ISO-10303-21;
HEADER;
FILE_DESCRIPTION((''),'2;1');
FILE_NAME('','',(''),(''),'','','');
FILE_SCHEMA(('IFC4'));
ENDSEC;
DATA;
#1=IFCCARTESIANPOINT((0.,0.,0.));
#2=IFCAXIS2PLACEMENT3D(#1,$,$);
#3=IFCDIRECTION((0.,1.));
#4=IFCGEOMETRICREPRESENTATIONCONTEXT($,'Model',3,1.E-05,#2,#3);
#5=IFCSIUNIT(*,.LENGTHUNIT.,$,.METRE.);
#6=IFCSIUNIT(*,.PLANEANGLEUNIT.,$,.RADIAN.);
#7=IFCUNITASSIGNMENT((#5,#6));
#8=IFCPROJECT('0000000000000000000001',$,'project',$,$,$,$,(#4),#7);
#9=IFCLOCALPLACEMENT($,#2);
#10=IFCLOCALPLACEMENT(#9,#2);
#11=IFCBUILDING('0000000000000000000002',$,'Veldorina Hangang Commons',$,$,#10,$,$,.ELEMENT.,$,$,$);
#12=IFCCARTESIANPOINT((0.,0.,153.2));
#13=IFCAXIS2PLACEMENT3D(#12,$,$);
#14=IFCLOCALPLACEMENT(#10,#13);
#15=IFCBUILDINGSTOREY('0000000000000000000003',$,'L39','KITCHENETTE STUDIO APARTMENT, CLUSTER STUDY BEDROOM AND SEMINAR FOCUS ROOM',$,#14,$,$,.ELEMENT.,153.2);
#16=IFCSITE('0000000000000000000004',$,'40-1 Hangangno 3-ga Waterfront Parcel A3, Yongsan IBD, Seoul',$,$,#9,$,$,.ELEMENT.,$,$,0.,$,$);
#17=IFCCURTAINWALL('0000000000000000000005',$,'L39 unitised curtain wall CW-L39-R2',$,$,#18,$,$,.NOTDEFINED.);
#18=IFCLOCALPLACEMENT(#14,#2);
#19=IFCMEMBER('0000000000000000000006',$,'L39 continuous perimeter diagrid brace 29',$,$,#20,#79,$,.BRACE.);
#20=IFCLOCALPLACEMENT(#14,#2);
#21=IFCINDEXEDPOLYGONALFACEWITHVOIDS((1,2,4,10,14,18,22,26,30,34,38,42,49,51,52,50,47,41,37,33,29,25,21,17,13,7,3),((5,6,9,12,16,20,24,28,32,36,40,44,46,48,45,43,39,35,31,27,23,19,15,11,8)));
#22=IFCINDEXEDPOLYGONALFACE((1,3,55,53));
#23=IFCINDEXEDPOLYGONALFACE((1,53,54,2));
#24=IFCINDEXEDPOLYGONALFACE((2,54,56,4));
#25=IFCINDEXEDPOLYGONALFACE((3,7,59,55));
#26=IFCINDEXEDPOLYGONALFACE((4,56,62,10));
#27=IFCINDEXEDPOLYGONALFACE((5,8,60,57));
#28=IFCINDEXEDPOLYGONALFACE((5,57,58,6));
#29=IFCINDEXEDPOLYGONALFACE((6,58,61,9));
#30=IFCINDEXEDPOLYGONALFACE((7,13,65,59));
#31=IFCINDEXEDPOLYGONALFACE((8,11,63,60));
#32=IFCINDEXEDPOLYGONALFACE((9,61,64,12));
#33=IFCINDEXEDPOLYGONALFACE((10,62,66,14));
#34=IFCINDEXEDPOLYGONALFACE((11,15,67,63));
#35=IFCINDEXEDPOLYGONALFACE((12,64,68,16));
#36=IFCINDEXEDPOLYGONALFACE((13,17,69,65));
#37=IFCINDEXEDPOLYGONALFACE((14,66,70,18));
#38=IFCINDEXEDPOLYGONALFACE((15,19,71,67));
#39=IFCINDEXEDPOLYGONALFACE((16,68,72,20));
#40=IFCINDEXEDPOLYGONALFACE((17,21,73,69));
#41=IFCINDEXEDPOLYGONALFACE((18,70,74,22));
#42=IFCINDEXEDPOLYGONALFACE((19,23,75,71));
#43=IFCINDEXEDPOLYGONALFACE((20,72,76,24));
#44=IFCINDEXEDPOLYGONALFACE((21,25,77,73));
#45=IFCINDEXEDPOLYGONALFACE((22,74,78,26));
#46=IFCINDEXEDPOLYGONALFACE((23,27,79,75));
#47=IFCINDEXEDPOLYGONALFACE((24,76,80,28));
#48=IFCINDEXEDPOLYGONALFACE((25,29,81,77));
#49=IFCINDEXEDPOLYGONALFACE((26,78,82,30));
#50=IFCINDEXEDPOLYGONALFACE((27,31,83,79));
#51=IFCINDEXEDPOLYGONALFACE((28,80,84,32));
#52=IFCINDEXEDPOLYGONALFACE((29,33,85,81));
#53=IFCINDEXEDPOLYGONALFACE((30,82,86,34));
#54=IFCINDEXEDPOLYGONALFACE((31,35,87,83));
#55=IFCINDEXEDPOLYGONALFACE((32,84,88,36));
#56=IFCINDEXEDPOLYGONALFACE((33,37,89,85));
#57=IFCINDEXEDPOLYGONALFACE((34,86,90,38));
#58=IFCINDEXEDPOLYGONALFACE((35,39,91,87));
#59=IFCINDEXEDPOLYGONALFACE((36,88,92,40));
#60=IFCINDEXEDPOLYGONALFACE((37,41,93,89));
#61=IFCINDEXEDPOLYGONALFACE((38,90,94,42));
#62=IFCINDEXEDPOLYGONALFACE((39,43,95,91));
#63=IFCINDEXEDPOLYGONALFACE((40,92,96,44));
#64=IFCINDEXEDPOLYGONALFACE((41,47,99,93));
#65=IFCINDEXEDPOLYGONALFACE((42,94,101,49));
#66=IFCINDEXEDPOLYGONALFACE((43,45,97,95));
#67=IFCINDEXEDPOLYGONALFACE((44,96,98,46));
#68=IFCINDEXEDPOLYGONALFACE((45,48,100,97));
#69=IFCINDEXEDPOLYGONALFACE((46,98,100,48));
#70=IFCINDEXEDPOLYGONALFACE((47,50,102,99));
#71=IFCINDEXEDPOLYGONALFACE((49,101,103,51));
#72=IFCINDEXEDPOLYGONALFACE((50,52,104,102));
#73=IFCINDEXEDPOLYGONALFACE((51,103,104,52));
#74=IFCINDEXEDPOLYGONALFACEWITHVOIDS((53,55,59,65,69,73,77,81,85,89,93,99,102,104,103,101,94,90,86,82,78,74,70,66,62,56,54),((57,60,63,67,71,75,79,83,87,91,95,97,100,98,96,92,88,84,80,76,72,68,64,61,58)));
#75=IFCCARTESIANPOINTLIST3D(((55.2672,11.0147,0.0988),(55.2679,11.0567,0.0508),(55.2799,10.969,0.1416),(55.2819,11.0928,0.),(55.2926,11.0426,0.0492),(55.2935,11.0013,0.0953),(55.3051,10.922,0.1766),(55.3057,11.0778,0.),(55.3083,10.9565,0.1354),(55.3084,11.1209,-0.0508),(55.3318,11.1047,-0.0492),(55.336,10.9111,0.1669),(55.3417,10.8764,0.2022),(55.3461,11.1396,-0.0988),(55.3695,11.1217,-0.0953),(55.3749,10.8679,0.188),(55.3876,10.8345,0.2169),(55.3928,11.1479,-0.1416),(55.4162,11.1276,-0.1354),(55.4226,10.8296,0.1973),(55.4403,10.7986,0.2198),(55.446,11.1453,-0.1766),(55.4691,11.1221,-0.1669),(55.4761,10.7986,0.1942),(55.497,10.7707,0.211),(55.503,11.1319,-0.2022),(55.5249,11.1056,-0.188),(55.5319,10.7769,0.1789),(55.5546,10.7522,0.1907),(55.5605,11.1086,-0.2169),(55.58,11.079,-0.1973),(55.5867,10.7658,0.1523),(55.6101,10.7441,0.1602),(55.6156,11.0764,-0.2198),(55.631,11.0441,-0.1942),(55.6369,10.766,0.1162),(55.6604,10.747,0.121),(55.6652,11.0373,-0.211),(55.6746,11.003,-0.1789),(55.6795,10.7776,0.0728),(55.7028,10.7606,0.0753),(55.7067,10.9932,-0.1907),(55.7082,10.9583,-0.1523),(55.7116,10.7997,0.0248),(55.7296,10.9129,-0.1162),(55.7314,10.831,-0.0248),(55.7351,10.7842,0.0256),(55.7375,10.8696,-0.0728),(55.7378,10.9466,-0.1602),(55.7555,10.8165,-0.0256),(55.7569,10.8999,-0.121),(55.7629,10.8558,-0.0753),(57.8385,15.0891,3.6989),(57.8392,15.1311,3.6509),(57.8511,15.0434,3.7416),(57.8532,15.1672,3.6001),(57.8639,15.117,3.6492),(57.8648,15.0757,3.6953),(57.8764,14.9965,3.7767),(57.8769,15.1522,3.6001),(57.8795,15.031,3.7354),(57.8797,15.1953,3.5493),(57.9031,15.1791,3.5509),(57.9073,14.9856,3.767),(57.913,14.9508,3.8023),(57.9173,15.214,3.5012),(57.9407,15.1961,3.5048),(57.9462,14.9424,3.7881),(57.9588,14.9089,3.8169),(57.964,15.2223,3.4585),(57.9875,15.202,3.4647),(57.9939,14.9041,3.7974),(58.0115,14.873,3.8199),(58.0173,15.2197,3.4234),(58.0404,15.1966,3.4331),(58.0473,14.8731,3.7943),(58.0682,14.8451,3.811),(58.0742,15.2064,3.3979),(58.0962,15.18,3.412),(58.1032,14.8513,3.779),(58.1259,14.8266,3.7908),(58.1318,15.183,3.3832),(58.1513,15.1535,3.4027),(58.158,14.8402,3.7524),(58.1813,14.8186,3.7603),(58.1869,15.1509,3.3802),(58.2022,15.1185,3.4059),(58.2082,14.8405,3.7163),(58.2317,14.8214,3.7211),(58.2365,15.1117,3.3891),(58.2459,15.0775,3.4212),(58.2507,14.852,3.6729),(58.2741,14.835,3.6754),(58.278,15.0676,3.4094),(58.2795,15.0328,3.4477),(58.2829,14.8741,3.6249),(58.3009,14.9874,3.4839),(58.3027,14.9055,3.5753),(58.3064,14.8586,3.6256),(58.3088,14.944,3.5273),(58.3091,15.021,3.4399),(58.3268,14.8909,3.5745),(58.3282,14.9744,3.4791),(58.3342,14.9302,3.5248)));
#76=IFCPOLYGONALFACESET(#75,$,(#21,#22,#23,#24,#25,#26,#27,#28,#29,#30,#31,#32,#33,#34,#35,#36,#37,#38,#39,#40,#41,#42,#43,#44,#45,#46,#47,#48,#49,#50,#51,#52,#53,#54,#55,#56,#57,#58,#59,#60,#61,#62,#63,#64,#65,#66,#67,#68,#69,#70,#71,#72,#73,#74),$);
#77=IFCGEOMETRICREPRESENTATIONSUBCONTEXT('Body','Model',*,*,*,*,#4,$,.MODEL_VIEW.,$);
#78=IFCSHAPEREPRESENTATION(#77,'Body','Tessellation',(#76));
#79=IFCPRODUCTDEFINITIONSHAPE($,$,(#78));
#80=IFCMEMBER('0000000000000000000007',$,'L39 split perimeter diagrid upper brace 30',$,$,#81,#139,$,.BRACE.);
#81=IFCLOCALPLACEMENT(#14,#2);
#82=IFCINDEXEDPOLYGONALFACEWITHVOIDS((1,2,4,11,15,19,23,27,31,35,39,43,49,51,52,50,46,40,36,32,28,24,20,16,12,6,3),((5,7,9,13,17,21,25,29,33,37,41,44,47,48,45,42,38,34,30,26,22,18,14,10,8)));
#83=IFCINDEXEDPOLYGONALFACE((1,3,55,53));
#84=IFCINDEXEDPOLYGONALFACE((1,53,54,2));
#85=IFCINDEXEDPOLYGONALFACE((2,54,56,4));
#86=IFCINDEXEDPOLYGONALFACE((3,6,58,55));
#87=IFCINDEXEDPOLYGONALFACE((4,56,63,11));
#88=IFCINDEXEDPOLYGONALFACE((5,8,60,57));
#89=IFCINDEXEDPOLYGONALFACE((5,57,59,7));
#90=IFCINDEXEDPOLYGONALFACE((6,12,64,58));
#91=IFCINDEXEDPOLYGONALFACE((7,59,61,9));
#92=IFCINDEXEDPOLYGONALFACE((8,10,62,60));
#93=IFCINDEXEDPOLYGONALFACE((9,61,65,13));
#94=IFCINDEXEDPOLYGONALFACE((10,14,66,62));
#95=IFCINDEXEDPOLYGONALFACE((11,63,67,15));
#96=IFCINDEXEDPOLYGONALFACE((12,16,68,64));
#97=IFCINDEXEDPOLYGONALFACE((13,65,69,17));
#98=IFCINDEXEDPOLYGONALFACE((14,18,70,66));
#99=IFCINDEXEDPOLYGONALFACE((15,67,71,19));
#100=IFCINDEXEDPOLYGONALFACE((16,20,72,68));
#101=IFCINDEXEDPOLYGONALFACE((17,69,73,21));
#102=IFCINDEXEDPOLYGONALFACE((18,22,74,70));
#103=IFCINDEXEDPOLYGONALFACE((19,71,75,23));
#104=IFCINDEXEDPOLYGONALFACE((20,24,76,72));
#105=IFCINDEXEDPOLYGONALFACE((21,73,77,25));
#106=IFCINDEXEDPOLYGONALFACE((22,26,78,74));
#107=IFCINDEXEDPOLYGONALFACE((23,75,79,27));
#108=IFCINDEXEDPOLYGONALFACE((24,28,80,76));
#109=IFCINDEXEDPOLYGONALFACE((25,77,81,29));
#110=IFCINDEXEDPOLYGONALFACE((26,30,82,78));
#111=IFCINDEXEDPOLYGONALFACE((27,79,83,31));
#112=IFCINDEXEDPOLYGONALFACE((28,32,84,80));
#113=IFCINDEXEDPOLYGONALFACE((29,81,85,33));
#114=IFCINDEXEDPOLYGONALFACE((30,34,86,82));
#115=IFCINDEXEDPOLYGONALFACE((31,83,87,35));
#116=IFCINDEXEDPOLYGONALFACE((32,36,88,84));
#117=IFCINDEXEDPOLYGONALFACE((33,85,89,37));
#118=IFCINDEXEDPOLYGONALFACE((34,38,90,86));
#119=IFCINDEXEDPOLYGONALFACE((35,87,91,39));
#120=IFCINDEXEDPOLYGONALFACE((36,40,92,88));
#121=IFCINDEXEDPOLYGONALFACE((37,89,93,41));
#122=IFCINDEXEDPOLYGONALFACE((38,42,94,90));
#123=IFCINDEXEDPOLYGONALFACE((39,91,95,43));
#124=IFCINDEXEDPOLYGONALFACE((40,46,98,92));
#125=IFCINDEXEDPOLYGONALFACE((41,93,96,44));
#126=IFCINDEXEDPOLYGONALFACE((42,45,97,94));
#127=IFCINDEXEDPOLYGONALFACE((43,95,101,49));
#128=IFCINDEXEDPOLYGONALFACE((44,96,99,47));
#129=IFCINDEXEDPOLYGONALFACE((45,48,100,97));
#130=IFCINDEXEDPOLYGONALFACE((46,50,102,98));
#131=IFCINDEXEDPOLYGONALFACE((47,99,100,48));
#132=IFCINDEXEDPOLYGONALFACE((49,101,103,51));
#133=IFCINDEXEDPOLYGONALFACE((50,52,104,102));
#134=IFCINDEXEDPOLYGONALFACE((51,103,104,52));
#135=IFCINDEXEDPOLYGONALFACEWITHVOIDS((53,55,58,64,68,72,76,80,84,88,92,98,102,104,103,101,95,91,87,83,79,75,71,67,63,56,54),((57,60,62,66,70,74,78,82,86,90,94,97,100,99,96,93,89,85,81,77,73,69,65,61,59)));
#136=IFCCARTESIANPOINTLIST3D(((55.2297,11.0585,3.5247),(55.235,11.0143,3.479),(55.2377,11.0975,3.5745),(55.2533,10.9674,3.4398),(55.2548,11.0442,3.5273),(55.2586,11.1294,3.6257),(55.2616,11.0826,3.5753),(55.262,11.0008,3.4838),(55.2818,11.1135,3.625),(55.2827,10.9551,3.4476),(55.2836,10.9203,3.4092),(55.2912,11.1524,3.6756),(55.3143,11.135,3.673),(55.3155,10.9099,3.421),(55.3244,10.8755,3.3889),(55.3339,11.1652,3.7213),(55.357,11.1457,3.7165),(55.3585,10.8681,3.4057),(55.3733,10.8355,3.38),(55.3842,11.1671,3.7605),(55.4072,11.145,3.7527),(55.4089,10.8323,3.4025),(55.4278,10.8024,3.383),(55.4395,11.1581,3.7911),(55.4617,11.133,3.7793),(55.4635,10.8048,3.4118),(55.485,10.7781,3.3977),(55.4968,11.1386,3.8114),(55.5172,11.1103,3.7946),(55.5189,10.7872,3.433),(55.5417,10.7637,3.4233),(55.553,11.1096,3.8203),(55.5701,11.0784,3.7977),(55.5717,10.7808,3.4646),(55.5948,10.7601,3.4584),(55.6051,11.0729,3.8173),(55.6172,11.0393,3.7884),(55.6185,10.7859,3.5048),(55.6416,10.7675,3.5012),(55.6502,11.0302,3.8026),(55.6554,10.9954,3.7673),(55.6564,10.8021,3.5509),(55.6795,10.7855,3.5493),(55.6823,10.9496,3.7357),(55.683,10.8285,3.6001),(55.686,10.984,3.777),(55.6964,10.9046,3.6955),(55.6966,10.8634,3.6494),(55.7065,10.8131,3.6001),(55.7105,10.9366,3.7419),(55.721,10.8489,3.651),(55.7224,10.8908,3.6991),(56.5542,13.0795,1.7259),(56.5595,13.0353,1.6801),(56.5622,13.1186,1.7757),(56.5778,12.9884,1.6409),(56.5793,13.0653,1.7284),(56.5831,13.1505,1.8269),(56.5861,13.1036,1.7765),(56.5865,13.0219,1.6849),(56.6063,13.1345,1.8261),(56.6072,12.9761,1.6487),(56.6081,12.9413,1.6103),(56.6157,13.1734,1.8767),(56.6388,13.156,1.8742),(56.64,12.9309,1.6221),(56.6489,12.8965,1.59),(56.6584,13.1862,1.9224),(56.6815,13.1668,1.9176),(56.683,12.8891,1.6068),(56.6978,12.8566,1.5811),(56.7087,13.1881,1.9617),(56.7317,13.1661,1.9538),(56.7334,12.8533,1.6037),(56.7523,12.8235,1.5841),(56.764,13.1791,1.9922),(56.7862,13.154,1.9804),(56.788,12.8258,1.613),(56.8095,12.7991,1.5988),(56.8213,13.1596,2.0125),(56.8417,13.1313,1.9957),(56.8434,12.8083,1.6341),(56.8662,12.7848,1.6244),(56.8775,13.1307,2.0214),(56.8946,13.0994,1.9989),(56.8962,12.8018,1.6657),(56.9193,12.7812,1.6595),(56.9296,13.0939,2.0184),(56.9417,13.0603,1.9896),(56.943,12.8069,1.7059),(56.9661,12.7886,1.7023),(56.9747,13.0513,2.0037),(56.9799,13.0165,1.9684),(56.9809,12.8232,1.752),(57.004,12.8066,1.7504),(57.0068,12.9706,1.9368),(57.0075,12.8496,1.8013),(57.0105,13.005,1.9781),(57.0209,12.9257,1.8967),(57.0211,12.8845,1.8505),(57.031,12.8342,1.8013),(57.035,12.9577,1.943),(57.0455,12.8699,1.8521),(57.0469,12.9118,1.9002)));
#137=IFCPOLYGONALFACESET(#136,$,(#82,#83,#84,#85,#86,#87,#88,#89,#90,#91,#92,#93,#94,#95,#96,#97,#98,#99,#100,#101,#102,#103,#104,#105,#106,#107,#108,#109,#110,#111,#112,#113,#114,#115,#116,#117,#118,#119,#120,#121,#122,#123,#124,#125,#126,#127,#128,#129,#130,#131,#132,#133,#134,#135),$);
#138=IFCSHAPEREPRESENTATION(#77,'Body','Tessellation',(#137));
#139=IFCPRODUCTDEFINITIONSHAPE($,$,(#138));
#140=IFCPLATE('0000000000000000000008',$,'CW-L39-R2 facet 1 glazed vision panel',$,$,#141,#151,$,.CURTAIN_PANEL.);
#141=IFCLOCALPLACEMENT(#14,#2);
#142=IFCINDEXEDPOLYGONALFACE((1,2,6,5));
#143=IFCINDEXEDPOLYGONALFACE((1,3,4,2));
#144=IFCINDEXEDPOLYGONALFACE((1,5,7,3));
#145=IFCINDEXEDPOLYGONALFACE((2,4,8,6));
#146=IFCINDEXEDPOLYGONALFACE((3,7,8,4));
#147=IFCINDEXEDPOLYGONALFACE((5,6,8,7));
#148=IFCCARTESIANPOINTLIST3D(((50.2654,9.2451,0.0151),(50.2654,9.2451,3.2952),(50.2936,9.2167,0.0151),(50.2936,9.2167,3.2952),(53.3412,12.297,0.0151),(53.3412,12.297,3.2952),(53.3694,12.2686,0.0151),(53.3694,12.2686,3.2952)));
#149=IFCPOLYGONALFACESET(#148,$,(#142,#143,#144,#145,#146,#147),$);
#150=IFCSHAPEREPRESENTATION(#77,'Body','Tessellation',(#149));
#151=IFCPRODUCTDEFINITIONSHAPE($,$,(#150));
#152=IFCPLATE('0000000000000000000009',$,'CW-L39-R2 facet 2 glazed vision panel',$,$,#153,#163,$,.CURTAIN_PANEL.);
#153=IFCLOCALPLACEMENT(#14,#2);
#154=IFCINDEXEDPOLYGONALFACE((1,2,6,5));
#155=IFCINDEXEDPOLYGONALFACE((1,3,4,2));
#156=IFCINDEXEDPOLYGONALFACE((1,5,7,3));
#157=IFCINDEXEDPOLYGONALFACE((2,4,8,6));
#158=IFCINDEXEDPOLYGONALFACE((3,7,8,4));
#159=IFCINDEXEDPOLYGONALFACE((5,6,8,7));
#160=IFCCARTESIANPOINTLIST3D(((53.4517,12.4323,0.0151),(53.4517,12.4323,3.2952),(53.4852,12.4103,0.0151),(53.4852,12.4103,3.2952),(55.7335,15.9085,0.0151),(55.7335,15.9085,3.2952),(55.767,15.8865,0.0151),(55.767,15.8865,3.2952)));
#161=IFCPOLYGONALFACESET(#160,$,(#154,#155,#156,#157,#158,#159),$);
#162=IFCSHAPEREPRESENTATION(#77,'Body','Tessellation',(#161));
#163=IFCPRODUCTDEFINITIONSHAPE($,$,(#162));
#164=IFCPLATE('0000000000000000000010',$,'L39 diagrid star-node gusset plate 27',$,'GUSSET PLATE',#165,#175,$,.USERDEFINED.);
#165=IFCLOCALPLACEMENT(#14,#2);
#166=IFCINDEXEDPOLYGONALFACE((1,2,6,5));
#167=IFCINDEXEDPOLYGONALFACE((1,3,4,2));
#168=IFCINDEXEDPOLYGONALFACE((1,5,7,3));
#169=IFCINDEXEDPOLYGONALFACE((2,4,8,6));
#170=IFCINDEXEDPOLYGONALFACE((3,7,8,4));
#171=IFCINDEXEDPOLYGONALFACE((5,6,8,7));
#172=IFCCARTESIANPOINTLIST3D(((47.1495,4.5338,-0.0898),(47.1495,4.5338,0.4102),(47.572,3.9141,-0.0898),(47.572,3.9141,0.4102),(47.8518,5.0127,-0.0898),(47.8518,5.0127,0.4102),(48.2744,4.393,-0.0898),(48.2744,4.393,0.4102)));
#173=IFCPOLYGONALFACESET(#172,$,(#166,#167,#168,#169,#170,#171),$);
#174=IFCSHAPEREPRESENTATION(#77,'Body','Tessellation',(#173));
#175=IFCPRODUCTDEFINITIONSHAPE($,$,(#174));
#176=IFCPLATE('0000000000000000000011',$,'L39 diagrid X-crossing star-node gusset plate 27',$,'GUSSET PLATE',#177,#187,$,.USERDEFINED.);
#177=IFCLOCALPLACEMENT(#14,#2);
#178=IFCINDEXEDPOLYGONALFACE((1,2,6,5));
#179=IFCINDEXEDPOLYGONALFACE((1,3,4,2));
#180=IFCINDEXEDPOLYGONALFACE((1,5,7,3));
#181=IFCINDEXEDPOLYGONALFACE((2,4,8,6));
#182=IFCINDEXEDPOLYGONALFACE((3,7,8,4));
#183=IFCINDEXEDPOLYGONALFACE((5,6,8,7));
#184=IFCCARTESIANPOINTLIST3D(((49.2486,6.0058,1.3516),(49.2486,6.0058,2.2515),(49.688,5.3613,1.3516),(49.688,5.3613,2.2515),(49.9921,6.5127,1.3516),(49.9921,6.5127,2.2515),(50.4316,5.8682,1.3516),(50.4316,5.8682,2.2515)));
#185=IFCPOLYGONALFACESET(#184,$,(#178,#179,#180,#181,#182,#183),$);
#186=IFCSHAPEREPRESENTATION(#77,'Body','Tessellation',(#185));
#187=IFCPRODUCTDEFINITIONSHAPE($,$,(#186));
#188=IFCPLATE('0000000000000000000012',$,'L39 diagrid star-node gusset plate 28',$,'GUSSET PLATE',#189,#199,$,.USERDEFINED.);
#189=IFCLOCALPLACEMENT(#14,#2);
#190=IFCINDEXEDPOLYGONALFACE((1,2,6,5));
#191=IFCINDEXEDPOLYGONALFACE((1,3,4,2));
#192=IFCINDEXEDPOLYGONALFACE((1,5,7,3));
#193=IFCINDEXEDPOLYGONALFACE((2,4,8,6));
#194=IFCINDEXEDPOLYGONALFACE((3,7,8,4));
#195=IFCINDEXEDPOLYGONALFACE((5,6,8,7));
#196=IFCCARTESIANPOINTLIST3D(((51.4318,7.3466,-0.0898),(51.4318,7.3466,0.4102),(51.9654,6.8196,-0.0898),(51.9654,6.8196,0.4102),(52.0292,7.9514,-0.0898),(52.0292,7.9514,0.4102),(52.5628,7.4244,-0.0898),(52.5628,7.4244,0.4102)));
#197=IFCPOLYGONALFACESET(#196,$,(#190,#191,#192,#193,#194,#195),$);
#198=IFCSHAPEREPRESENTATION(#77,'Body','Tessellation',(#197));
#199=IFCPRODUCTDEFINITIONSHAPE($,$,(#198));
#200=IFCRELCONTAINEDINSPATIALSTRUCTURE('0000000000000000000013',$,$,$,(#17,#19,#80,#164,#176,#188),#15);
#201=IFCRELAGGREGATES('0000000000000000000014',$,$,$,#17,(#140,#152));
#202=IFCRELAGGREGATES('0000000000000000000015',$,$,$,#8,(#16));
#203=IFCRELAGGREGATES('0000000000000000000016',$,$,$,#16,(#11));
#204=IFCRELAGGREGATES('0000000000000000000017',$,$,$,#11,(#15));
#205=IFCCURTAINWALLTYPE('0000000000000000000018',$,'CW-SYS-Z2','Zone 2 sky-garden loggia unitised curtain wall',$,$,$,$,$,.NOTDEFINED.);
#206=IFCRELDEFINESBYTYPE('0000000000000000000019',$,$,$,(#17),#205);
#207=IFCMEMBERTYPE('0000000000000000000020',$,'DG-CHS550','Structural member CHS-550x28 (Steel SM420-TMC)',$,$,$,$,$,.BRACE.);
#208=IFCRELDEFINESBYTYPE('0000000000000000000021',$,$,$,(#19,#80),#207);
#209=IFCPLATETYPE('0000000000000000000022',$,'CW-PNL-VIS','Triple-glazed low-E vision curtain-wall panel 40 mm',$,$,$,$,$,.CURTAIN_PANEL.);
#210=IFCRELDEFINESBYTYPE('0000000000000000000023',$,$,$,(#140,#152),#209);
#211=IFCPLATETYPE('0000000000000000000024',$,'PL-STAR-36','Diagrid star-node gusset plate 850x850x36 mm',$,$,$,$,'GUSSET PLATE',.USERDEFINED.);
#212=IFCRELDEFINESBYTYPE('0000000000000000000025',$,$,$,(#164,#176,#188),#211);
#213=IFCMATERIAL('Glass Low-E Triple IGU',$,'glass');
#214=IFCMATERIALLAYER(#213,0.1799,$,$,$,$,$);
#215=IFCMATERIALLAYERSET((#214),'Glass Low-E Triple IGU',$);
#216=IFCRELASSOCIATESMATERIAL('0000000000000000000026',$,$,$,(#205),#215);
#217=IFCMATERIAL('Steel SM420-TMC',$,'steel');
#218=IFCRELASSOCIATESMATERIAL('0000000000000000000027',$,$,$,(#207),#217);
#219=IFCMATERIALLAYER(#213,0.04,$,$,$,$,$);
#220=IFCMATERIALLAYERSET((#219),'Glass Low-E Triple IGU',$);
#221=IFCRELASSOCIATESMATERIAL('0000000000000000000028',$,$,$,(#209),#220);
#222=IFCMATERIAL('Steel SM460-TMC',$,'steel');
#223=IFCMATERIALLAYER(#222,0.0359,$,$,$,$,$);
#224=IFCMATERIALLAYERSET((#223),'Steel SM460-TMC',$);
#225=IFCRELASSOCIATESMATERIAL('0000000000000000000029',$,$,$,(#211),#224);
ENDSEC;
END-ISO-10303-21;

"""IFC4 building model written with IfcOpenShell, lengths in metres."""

from ifc_helpers import new_model, si_unit, direction, frame, origin, origin_2d, place, context, subcontext, project, spatial, rectangle, hollow_circle, extrude, material, layer, layer_set, material_profile, profile_set, type_object, element, aggregate, save


model = new_model("IFC4")

# Units and contexts
model_context = context("Model", 3, precision=1e-05, world=origin(), true_north=direction((0.0, 1.0)))
body_context = subcontext(model_context, "Body", "Model", "MODEL_VIEW")
ifc_project = project(units=[si_unit("LENGTHUNIT", "METRE"), si_unit("PLANEANGLEUNIT", "RADIAN")], contexts=[model_context])

# Site, building, storey
site_placement = place(None, origin())
site = spatial("IfcSite", under=ifc_project, at=site_placement, Name="40-1 Hangangno 3-ga Waterfront Parcel A3, Yongsan IBD, Seoul", CompositionType="ELEMENT", RefElevation=0.0)
building_placement = place(site_placement, origin())
building = spatial("IfcBuilding", under=site, at=building_placement, Name="Veldorina Hangang Commons", CompositionType="ELEMENT")
storey_placement = place(building_placement, frame((0.0, 0.0, 153.2)))
storey = spatial("IfcBuildingStorey", under=building, at=storey_placement, Name="L39", Description="KITCHENETTE STUDIO APARTMENT, CLUSTER STUDY BEDROOM AND SEMINAR FOCUS ROOM", CompositionType="ELEMENT", Elevation=153.2)

# Shared definitions
ifc_material_1 = material(Name="Steel SM420-TMC", Category="steel")

# Shared definitions
ifc_material_2 = material(Name="Glass Low-E Triple IGU", Category="glass")
ifc_layer_1 = layer(ifc_material_2, 0.1799)
ifc_layer_set_1 = layer_set([ifc_layer_1], Name="Glass Low-E Triple IGU")
curtain_wall_type = type_object("IfcCurtainWallType", Name="CW-SYS-Z2", Description="Zone 2 sky-garden loggia unitised curtain wall", PredefinedType="NOTDEFINED", material=ifc_layer_set_1)

# Curtain wall
curtain_wall_1_placement = place(storey_placement, origin())
curtain_wall_1 = element("IfcCurtainWall", 1, at=curtain_wall_1_placement, inside=storey, type_object=curtain_wall_type, Name="L39 unitised curtain wall CW-L39-R2", PredefinedType="NOTDEFINED")

# Members
ifc_material_profile_1 = material_profile(ifc_material_1, hollow_circle(Radius=0.2749, WallThickness=0.0281, at=origin_2d()), Name="CHS-550x28")
ifc_profile_set_1 = profile_set([ifc_material_profile_1], Name="Steel SM420-TMC")
member_type_1 = type_object("IfcMemberType", Name="DG-CHS550", Description="Structural member CHS-550x28 (Steel SM420-TMC)", PredefinedType="BRACE", material=ifc_profile_set_1)
member_1_placement = place(storey_placement, frame((55.5144, 10.946, 0.0), z_axis=(0.427519, 0.677447, 0.598576), x_axis=(-0.845682, 0.533688, 0.0)))
element("IfcMember", 2, at=member_1_placement, inside=storey, type_object=member_type_1, Name="L39 continuous perimeter diagrid brace 29", PredefinedType="BRACE", context=body_context, shape_type="SweptSolid", body=[
    extrude(hollow_circle(Radius=0.2749, WallThickness=0.0281, at=origin_2d()), origin(), (0.0, 0.0, 1.0), 6.0144),
])
member_2_placement = place(storey_placement, frame((56.801, 12.9849, 1.8013), z_axis=(-0.439674, -0.670898, 0.597146), x_axis=(0.836392, -0.548131, 0.0)))
element("IfcMember", 3, at=member_2_placement, inside=storey, type_object=member_type_1, Name="L39 split perimeter diagrid upper brace 30", PredefinedType="BRACE", context=body_context, shape_type="SweptSolid", body=[
    extrude(hollow_circle(Radius=0.2749, WallThickness=0.0281, at=origin_2d()), origin(), (0.0, 0.0, 1.0), 3.0125),
])

# Plates
ifc_layer_2 = layer(ifc_material_2, 0.04)
ifc_layer_set_2 = layer_set([ifc_layer_2], Name="Glass Low-E Triple IGU")
plate_type_1 = type_object("IfcPlateType", Name="CW-PNL-VIS", Description="Triple-glazed low-E vision curtain-wall panel 40 mm", PredefinedType="CURTAIN_PANEL", material=ifc_layer_set_2)
plate_1_placement = place(storey_placement, frame((51.8174, 10.7568, 0.0151), z_axis=(0.0, 0.0, 1.0), x_axis=(0.709866, 0.704337, 0.0)))
plate_1 = element("IfcPlate", 4, at=plate_1_placement, type_object=plate_type_1, Name="CW-L39-R2 facet 1 glazed vision panel", PredefinedType="CURTAIN_PANEL", context=body_context, shape_type="SweptSolid", body=[
    extrude(rectangle(XDim=4.333, YDim=0.04, at=origin_2d()), origin(), (0.0, 0.0, 1.0), 3.28),
])
plate_2_placement = place(storey_placement, frame((54.6094, 14.1594, 0.0151), z_axis=(0.0, 0.0, 1.0), x_axis=(0.548746, 0.835989, 0.0)))
plate_2 = element("IfcPlate", 5, at=plate_2_placement, type_object=plate_type_1, Name="CW-L39-R2 facet 2 glazed vision panel", PredefinedType="CURTAIN_PANEL", context=body_context, shape_type="SweptSolid", body=[
    extrude(rectangle(XDim=4.1582, YDim=0.04, at=origin_2d()), origin(), (0.0, 0.0, 1.0), 3.28),
])
aggregate(curtain_wall_1, [plate_1, plate_2])

# Plates
ifc_material_3 = material(Name="Steel SM460-TMC", Category="steel")
ifc_layer_3 = layer(ifc_material_3, 0.0359)
ifc_layer_set_3 = layer_set([ifc_layer_3], Name="Steel SM460-TMC")
plate_type_2 = type_object("IfcPlateType", Name="PL-STAR-36", Description="Diagrid star-node gusset plate 850x850x36 mm", ElementType="GUSSET PLATE", PredefinedType="USERDEFINED", material=ifc_layer_set_3)
plate_3_placement = place(storey_placement, frame((47.7119, 4.4634, -0.0898), z_axis=(0.0, 0.0, 1.0), x_axis=(0.826226, 0.563339, 0.0)))
element("IfcPlate", 6, at=plate_3_placement, inside=storey, type_object=plate_type_2, Name="L39 diagrid star-node gusset plate 27", ObjectType="GUSSET PLATE", PredefinedType="USERDEFINED", context=body_context, shape_type="SweptSolid", body=[
    extrude(rectangle(XDim=0.8501, YDim=0.75, at=origin_2d()), origin(), (0.0, 0.0, 1.0), 0.5),
])
plate_4_placement = place(storey_placement, frame((49.8401, 5.937, 1.3516), z_axis=(0.0, 0.0, 1.0), x_axis=(0.826226, 0.563339, 0.0)))
element("IfcPlate", 7, at=plate_4_placement, inside=storey, type_object=plate_type_2, Name="L39 diagrid X-crossing star-node gusset plate 27", ObjectType="GUSSET PLATE", PredefinedType="USERDEFINED", context=body_context, shape_type="SweptSolid", body=[
    extrude(rectangle(XDim=0.8999, YDim=0.78, at=origin_2d()), origin(), (0.0, 0.0, 1.0), 0.8999),
])
for number, where, z_axis, x_axis, name in (
    (8, (51.9973, 7.3855, -0.0898), (0.0, 0.0, 1.0), (0.702749, 0.711438, 0.0), "L39 diagrid star-node gusset plate 28"),
):
    element("IfcPlate", number, at=place(storey_placement, frame(where, z_axis=z_axis, x_axis=x_axis)), inside=storey, type_object=plate_type_2, Name=name, ObjectType="GUSSET PLATE", PredefinedType="USERDEFINED", context=body_context, shape_type="SweptSolid", body=[
        extrude(rectangle(XDim=0.8501, YDim=0.75, at=origin_2d()), origin(), (0.0, 0.0, 1.0), 0.5),
    ])

save(model, "model.ifc")
